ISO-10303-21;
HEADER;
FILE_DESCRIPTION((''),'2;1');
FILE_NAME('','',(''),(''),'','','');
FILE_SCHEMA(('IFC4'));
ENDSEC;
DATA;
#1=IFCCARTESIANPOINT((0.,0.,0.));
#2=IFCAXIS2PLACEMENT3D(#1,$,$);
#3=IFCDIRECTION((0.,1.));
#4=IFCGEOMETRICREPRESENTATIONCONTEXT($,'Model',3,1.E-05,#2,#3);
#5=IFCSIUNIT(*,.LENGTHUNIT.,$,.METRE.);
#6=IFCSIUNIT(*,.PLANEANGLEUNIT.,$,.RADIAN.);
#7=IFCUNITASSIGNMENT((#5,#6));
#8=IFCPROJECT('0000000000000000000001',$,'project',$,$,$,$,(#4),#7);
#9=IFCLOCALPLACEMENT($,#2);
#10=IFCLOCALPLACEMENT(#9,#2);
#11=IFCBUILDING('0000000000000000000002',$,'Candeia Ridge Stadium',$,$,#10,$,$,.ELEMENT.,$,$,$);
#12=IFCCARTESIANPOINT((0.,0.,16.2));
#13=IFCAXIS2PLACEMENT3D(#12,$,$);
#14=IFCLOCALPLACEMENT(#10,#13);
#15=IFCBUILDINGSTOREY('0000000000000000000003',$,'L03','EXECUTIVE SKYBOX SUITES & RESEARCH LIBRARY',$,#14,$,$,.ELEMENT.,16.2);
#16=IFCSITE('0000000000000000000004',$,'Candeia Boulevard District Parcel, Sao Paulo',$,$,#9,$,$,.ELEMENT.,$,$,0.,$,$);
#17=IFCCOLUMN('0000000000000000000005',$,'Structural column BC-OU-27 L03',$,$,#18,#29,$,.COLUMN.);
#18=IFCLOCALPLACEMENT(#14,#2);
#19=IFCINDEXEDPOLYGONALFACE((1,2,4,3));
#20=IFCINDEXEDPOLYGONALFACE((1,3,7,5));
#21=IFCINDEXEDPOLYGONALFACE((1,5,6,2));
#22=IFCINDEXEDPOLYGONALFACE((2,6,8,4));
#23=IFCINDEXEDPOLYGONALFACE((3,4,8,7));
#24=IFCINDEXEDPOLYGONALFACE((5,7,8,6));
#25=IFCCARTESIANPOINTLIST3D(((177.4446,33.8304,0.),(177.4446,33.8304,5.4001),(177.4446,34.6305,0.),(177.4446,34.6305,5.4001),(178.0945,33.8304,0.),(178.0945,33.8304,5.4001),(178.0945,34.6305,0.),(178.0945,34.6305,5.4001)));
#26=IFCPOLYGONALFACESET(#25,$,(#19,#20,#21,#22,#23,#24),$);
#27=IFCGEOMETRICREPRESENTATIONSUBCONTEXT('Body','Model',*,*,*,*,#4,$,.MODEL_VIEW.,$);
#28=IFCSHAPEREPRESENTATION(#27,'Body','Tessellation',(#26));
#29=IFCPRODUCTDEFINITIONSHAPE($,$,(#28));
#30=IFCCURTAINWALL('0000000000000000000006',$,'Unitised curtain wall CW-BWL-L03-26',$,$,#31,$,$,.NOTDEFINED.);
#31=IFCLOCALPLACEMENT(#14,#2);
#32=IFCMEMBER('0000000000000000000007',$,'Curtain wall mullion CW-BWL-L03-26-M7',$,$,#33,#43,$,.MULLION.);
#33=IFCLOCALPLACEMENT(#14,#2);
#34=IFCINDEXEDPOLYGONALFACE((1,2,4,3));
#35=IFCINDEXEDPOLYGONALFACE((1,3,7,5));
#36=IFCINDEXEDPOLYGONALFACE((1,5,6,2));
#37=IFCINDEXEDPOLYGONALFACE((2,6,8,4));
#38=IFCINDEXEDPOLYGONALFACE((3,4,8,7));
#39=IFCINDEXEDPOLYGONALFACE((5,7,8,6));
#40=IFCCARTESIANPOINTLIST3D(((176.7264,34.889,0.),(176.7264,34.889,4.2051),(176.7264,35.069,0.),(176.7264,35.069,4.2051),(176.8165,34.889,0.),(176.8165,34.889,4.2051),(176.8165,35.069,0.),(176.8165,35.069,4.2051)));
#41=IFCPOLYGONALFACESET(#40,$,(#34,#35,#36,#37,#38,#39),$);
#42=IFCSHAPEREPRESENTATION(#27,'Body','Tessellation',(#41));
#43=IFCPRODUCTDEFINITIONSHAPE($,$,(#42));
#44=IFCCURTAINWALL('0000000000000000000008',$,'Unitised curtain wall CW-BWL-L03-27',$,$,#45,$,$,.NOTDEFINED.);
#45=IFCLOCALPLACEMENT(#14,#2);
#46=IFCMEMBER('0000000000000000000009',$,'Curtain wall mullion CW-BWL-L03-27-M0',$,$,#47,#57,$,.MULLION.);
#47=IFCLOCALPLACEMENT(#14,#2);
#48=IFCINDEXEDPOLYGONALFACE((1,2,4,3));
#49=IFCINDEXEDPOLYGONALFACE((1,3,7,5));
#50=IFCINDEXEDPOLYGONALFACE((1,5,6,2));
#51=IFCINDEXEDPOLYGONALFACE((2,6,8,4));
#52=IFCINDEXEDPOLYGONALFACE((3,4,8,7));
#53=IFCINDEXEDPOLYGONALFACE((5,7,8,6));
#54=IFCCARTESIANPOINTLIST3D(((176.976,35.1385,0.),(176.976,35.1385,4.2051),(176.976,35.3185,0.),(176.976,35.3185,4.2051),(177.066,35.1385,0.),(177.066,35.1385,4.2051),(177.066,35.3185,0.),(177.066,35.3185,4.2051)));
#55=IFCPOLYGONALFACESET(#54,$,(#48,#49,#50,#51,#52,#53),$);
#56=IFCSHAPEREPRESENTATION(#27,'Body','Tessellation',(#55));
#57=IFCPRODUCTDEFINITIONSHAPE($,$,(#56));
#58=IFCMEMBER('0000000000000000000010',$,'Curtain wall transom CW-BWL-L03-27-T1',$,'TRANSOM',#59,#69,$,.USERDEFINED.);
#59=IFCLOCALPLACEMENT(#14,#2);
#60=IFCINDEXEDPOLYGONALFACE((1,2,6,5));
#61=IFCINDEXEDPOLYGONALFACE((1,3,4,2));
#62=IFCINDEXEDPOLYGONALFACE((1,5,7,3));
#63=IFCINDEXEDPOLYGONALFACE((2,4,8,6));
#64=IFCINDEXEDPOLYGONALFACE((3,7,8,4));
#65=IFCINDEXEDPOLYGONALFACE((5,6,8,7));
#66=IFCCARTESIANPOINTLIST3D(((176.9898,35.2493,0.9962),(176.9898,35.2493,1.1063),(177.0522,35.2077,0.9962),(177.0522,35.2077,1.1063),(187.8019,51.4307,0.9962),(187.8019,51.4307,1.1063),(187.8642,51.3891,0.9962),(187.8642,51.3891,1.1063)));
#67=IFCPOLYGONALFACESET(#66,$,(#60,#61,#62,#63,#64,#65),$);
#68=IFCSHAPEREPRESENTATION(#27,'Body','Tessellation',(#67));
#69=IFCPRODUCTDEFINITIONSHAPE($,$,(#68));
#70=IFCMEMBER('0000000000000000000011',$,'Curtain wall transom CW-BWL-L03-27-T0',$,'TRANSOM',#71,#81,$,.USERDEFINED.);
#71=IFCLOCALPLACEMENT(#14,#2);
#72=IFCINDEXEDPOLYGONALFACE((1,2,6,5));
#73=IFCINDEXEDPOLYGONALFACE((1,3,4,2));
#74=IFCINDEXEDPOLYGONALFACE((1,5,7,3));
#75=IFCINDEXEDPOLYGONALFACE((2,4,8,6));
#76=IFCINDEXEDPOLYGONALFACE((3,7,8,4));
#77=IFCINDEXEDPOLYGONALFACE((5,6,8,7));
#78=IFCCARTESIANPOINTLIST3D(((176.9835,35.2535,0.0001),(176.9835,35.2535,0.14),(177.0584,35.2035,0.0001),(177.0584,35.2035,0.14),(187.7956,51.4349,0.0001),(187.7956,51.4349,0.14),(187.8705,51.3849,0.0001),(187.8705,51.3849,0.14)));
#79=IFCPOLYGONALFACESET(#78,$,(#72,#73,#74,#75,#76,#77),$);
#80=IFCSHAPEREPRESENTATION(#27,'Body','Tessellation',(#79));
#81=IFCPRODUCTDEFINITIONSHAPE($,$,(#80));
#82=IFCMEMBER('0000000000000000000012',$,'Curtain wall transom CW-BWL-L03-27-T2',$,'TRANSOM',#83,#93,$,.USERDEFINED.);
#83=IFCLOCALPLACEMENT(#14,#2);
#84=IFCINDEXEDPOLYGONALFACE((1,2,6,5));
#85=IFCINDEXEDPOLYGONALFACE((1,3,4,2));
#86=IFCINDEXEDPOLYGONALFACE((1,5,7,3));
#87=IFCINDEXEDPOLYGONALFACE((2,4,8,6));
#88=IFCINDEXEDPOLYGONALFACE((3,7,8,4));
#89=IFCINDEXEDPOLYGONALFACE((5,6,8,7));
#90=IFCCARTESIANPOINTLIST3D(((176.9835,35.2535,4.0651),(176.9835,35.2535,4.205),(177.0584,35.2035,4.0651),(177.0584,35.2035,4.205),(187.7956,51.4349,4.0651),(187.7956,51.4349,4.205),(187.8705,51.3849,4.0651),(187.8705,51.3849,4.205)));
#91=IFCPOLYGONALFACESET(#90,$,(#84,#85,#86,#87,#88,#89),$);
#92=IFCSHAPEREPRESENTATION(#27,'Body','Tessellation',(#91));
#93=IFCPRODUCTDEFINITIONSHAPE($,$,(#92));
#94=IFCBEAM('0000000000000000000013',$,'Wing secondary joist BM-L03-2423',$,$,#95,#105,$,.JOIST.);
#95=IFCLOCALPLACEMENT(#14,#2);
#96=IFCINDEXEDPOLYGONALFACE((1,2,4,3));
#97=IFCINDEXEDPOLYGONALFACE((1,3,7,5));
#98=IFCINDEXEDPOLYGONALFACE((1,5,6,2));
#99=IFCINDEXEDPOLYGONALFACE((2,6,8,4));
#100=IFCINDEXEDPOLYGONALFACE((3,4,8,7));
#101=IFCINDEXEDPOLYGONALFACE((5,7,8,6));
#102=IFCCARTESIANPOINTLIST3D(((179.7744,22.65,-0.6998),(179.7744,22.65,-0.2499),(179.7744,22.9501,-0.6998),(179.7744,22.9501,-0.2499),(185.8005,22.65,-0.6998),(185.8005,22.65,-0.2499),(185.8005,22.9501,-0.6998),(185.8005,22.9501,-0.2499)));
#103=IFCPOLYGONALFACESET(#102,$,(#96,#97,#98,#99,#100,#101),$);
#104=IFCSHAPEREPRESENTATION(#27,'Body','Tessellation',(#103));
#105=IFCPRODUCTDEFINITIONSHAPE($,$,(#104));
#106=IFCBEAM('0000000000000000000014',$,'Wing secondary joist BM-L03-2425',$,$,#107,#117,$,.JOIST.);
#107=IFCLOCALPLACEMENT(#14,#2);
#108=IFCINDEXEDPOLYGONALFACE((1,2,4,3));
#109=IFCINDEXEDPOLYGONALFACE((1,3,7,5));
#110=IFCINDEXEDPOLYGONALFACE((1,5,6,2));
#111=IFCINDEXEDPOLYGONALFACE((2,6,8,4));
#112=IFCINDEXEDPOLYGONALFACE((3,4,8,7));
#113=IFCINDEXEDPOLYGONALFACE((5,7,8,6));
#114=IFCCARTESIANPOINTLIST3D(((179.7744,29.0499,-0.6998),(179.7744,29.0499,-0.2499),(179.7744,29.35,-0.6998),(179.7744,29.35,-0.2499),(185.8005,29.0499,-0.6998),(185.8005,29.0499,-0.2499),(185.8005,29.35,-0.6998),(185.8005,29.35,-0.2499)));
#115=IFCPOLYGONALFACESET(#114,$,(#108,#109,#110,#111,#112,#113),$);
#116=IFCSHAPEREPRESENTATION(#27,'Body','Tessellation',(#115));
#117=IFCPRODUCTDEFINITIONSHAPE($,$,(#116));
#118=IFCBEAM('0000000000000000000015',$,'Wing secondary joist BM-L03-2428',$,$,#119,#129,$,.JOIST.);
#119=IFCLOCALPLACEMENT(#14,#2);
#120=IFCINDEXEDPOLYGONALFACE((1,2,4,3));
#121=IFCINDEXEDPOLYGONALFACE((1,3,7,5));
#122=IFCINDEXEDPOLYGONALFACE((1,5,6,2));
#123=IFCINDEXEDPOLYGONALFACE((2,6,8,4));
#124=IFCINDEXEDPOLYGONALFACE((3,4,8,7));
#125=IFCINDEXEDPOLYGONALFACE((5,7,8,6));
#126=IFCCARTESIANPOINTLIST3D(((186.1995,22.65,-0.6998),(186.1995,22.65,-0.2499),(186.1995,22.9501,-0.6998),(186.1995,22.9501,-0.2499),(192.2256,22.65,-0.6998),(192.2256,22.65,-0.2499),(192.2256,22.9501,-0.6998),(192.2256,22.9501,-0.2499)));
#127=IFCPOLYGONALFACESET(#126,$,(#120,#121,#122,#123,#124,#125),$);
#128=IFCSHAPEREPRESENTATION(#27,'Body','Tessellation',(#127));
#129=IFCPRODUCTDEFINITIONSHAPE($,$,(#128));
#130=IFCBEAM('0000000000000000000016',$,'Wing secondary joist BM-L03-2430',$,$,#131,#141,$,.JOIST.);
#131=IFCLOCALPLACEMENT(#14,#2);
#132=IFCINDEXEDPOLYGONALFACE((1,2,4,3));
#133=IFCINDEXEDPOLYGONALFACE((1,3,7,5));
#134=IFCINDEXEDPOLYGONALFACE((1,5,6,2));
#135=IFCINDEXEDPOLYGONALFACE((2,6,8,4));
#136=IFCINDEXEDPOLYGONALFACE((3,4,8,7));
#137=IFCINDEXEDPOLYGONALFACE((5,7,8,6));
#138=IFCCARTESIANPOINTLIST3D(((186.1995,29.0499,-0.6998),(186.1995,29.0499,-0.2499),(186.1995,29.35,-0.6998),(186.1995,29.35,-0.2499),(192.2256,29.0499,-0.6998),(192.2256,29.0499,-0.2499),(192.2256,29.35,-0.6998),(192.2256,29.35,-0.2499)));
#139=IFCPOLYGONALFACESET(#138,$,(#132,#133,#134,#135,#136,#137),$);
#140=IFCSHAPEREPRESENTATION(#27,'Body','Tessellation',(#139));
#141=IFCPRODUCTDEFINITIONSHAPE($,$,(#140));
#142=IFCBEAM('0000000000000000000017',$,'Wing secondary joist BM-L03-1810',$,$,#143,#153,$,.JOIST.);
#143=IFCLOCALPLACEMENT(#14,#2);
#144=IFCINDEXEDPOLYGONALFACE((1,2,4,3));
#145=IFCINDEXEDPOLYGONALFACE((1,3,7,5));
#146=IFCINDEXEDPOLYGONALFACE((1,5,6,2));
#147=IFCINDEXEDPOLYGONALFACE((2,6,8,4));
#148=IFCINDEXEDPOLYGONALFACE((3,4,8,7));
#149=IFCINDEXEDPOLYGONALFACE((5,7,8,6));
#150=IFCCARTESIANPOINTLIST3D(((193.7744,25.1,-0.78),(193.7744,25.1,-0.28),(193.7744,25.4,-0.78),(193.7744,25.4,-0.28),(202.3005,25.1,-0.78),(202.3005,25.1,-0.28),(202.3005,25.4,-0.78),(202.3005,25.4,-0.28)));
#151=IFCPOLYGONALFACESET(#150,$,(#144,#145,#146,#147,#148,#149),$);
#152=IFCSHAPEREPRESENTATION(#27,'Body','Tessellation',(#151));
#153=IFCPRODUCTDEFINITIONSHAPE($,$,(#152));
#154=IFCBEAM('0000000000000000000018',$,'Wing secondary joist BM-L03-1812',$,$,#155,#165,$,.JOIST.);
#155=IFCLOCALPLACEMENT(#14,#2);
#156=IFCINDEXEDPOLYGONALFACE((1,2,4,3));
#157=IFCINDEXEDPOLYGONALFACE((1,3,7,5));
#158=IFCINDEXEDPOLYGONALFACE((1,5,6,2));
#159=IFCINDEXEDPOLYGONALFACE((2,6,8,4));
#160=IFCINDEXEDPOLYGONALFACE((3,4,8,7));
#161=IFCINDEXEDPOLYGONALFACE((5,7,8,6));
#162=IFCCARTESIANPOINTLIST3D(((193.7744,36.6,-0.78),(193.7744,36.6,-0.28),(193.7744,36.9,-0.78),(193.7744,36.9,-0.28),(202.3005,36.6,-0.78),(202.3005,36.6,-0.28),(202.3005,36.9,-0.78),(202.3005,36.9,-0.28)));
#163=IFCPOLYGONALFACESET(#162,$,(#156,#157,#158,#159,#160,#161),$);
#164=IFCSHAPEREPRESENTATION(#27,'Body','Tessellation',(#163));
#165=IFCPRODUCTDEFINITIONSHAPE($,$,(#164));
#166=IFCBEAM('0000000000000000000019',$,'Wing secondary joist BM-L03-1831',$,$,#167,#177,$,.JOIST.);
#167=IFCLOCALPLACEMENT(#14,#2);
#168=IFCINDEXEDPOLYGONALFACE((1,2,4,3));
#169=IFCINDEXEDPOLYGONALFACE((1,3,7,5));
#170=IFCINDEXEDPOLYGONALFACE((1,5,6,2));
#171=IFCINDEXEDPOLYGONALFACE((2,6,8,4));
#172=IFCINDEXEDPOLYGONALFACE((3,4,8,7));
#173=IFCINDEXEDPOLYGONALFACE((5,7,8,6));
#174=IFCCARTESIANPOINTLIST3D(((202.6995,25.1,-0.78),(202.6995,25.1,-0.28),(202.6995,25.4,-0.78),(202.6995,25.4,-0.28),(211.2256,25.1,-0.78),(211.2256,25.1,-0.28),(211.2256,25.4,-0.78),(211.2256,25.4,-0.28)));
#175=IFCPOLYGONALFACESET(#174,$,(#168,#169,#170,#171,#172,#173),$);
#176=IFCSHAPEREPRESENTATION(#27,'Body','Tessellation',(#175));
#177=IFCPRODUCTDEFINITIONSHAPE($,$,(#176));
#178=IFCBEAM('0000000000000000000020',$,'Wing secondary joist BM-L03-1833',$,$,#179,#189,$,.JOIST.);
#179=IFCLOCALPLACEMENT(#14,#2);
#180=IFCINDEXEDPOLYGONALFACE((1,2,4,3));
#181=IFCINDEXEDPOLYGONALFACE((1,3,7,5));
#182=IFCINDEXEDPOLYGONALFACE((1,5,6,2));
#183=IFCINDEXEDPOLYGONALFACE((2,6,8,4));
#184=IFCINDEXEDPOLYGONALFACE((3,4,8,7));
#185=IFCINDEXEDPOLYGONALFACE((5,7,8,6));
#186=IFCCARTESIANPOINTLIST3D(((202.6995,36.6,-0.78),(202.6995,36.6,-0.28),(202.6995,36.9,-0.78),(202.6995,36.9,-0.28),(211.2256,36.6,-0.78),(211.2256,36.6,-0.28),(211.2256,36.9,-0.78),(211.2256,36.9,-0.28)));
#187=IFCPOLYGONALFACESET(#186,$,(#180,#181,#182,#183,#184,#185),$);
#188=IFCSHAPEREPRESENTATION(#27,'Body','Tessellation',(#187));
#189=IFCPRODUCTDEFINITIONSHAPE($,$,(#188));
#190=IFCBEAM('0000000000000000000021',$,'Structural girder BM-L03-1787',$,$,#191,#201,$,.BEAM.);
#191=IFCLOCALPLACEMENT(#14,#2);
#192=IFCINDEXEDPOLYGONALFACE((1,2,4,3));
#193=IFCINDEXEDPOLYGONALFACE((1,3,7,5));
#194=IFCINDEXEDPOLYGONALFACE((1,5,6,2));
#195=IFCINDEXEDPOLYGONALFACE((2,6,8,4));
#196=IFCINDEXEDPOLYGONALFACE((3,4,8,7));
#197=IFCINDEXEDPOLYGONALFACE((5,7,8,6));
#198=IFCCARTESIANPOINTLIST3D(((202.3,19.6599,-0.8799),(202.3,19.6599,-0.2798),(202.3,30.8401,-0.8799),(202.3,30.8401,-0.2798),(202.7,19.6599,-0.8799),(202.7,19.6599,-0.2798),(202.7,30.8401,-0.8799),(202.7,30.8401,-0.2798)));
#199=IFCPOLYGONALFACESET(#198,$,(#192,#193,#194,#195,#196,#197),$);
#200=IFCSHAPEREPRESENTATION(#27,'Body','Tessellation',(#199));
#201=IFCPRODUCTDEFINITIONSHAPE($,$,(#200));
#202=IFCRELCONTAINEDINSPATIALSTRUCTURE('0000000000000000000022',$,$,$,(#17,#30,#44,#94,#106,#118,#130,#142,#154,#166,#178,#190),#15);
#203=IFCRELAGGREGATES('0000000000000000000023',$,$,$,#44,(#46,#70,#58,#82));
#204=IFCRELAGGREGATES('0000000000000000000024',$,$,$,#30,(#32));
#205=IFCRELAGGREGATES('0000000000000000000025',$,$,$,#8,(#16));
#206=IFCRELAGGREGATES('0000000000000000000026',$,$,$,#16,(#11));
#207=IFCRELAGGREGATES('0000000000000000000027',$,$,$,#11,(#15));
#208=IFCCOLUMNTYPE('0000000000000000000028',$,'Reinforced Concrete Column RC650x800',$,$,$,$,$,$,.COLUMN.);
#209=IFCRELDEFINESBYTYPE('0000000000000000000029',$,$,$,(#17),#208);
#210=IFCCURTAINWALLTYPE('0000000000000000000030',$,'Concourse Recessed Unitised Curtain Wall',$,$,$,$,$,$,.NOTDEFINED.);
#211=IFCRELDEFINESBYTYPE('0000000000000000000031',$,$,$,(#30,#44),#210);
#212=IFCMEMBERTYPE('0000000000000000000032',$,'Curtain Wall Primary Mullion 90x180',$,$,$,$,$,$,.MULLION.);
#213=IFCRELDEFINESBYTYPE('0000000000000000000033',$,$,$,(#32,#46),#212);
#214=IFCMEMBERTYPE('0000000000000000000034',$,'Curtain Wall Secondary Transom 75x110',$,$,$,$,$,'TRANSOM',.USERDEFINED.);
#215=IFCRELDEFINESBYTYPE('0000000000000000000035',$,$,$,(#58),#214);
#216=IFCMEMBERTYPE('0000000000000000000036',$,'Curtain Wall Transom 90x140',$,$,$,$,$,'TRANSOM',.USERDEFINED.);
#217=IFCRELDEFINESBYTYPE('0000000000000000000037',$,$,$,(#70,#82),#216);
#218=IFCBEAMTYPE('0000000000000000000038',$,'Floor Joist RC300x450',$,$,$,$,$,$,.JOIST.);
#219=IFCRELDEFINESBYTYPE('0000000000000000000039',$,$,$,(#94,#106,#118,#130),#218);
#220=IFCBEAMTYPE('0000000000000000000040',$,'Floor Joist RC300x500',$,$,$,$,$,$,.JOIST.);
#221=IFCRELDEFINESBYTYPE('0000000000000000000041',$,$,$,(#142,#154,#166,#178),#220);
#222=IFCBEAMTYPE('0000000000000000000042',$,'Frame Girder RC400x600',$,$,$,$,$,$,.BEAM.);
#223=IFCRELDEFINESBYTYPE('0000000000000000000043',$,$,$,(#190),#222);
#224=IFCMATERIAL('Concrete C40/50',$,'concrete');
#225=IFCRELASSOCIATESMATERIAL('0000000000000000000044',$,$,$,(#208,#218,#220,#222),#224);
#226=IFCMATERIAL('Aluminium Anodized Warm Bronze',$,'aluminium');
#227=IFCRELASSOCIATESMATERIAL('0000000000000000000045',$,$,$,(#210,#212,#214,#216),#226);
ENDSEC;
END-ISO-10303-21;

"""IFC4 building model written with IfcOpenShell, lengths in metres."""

from ifc_helpers import new_model, si_unit, direction, frame, origin, origin_2d, place, context, subcontext, project, spatial, rectangle, extrude, material, material_profile, profile_set, type_object, element, aggregate, save


model = new_model("IFC4")

# Units and contexts
model_context = context("Model", 3, precision=1e-05, world=origin(), true_north=direction((0.0, 1.0)))
body_context = subcontext(model_context, "Body", "Model", "MODEL_VIEW")
ifc_project = project(units=[si_unit("LENGTHUNIT", "METRE"), si_unit("PLANEANGLEUNIT", "RADIAN")], contexts=[model_context])

# Site, building, storey
site_placement = place(None, origin())
site = spatial("IfcSite", under=ifc_project, at=site_placement, Name="Candeia Boulevard District Parcel, Sao Paulo", CompositionType="ELEMENT", RefElevation=0.0)
building_placement = place(site_placement, origin())
building = spatial("IfcBuilding", under=site, at=building_placement, Name="Candeia Ridge Stadium", CompositionType="ELEMENT")
storey_placement = place(building_placement, frame((0.0, 0.0, 16.2)))
storey = spatial("IfcBuildingStorey", under=building, at=storey_placement, Name="L03", Description="EXECUTIVE SKYBOX SUITES & RESEARCH LIBRARY", CompositionType="ELEMENT", Elevation=16.2)

# Column
ifc_material_1 = material(Name="Concrete C40/50", Category="concrete")
ifc_material_profile_1 = material_profile(ifc_material_1, rectangle(XDim=0.6499, YDim=0.8, at=origin_2d()), Name="RC650x800", Category="concrete")
ifc_profile_set_1 = profile_set([ifc_material_profile_1], Name="Concrete C40/50")
column_type = type_object("IfcColumnType", Name="Reinforced Concrete Column RC650x800", PredefinedType="COLUMN", material=ifc_profile_set_1)
column_placement = place(storey_placement, frame((177.7695, 34.2305, 0.0), z_axis=(0.0, 0.0, 1.0), x_axis=(1.0, 0.0, 0.0)))
element("IfcColumn", 1, at=column_placement, inside=storey, type_object=column_type, Name="Structural column BC-OU-27 L03", PredefinedType="COLUMN", context=body_context, shape_type="SweptSolid", body=[
    extrude(rectangle(XDim=0.6499, YDim=0.8, at=origin_2d()), origin(), (0.0, 0.0, 1.0), 5.4001),
])

# Curtain wall, member
ifc_material_2 = material(Name="Aluminium Anodized Warm Bronze", Category="aluminium")
curtain_wall_type = type_object("IfcCurtainWallType", Name="Concourse Recessed Unitised Curtain Wall", PredefinedType="NOTDEFINED", material=ifc_material_2)
curtain_wall_1_placement = place(storey_placement, origin())
curtain_wall_1 = element("IfcCurtainWall", 2, at=curtain_wall_1_placement, inside=storey, type_object=curtain_wall_type, Name="Unitised curtain wall CW-BWL-L03-26", PredefinedType="NOTDEFINED")
ifc_material_profile_2 = material_profile(ifc_material_2, rectangle(XDim=0.0901, YDim=0.1799, at=origin_2d()), Name="CWM-90x180", Category="aluminium")
ifc_profile_set_2 = profile_set([ifc_material_profile_2], Name="Aluminium Anodized Warm Bronze")
member_type_1 = type_object("IfcMemberType", Name="Curtain Wall Primary Mullion 90x180", PredefinedType="MULLION", material=ifc_profile_set_2)
member_1_placement = place(storey_placement, frame((176.7715, 34.979, 0.0), z_axis=(0.0, 0.0, 1.0), x_axis=(1.0, 0.0, 0.0)))
member_1 = element("IfcMember", 3, at=member_1_placement, type_object=member_type_1, Name="Curtain wall mullion CW-BWL-L03-26-M7", PredefinedType="MULLION", context=body_context, shape_type="SweptSolid", body=[
    extrude(rectangle(XDim=0.0901, YDim=0.1799, at=origin_2d()), origin(), (0.0, 0.0, 1.0), 4.2051),
])

# Curtain wall, members
curtain_wall_2_placement = place(storey_placement, origin())
curtain_wall_2 = element("IfcCurtainWall", 4, at=curtain_wall_2_placement, inside=storey, type_object=curtain_wall_type, Name="Unitised curtain wall CW-BWL-L03-27", PredefinedType="NOTDEFINED")
member_2_placement = place(storey_placement, frame((177.021, 35.2285, 0.0), z_axis=(0.0, 0.0, 1.0), x_axis=(1.0, 0.0, 0.0)))
member_2 = element("IfcMember", 5, at=member_2_placement, type_object=member_type_1, Name="Curtain wall mullion CW-BWL-L03-27-M0", PredefinedType="MULLION", context=body_context, shape_type="SweptSolid", body=[
    extrude(rectangle(XDim=0.0901, YDim=0.1799, at=origin_2d()), origin(), (0.0, 0.0, 1.0), 4.2051),
])
ifc_material_profile_3 = material_profile(ifc_material_2, rectangle(XDim=0.075, YDim=0.1101, at=origin_2d()), Name="CWT-75x110", Category="aluminium")
ifc_profile_set_3 = profile_set([ifc_material_profile_3], Name="Aluminium Anodized Warm Bronze")
member_type_2 = type_object("IfcMemberType", Name="Curtain Wall Secondary Transom 75x110", ElementType="TRANSOM", PredefinedType="USERDEFINED", material=ifc_profile_set_3)
member_3_placement = place(storey_placement, frame((177.021, 35.2285, 1.0513), z_axis=(0.555568, 0.831471, 0.0), x_axis=(-0.831471, 0.555568, 0.0)))
member_3 = element("IfcMember", 6, at=member_3_placement, type_object=member_type_2, Name="Curtain wall transom CW-BWL-L03-27-T1", ObjectType="TRANSOM", PredefinedType="USERDEFINED", context=body_context, shape_type="SweptSolid", body=[
    extrude(rectangle(XDim=0.075, YDim=0.1101, at=origin_2d()), origin(), (0.0, 0.0, 1.0), 19.4612),
])
ifc_material_profile_4 = material_profile(ifc_material_2, rectangle(XDim=0.0901, YDim=0.1399, at=origin_2d()), Name="CWT-90x140", Category="aluminium")
ifc_profile_set_4 = profile_set([ifc_material_profile_4], Name="Aluminium Anodized Warm Bronze")
member_type_3 = type_object("IfcMemberType", Name="Curtain Wall Transom 90x140", ElementType="TRANSOM", PredefinedType="USERDEFINED", material=ifc_profile_set_4)
member_4_placement = place(storey_placement, frame((177.021, 35.2285, 0.0701), z_axis=(0.555568, 0.831471, 0.0), x_axis=(-0.831471, 0.555568, 0.0)))
member_4 = element("IfcMember", 7, at=member_4_placement, type_object=member_type_3, Name="Curtain wall transom CW-BWL-L03-27-T0", ObjectType="TRANSOM", PredefinedType="USERDEFINED", context=body_context, shape_type="SweptSolid", body=[
    extrude(rectangle(XDim=0.0901, YDim=0.1399, at=origin_2d()), origin(), (0.0, 0.0, 1.0), 19.4612),
])
member_5_placement = place(storey_placement, frame((177.021, 35.2285, 4.135), z_axis=(0.555568, 0.831471, 0.0), x_axis=(-0.831471, 0.555568, 0.0)))
member_5 = element("IfcMember", 8, at=member_5_placement, type_object=member_type_3, Name="Curtain wall transom CW-BWL-L03-27-T2", ObjectType="TRANSOM", PredefinedType="USERDEFINED", context=body_context, shape_type="SweptSolid", body=[
    extrude(rectangle(XDim=0.0901, YDim=0.1399, at=origin_2d()), origin(), (0.0, 0.0, 1.0), 19.4612),
])

# Beams
ifc_material_profile_5 = material_profile(ifc_material_1, rectangle(XDim=0.3, YDim=0.45, at=origin_2d()), Name="RC300x450", Category="concrete")
ifc_profile_set_5 = profile_set([ifc_material_profile_5], Name="Concrete C40/50")
beam_type_1 = type_object("IfcBeamType", Name="Floor Joist RC300x450", PredefinedType="JOIST", material=ifc_profile_set_5)
for number, where, z_axis, x_axis, name in (
    (9, (179.7744, 22.8, -0.4749), (1.0, 0.0, 0.0), (0.0, 1.0, 0.0), "Wing secondary joist BM-L03-2423"),
    (10, (179.7744, 29.2, -0.4749), (1.0, 0.0, 0.0), (0.0, 1.0, 0.0), "Wing secondary joist BM-L03-2425"),
    (11, (186.1995, 22.8, -0.4749), (1.0, 0.0, 0.0), (0.0, 1.0, 0.0), "Wing secondary joist BM-L03-2428"),
    (12, (186.1995, 29.2, -0.4749), (1.0, 0.0, 0.0), (0.0, 1.0, 0.0), "Wing secondary joist BM-L03-2430"),
):
    element("IfcBeam", number, at=place(storey_placement, frame(where, z_axis=z_axis, x_axis=x_axis)), inside=storey, type_object=beam_type_1, Name=name, PredefinedType="JOIST", context=body_context, shape_type="SweptSolid", body=[
        extrude(rectangle(XDim=0.3, YDim=0.45, at=origin_2d()), origin(), (0.0, 0.0, 1.0), 6.0261),
    ])
ifc_material_profile_6 = material_profile(ifc_material_1, rectangle(XDim=0.3, YDim=0.5, at=origin_2d()), Name="RC300x500", Category="concrete")
ifc_profile_set_6 = profile_set([ifc_material_profile_6], Name="Concrete C40/50")
beam_type_2 = type_object("IfcBeamType", Name="Floor Joist RC300x500", PredefinedType="JOIST", material=ifc_profile_set_6)
for number, where, z_axis, x_axis, name in (
    (13, (193.7744, 25.25, -0.53), (1.0, 0.0, 0.0), (0.0, 1.0, 0.0), "Wing secondary joist BM-L03-1810"),
    (14, (193.7744, 36.75, -0.53), (1.0, 0.0, 0.0), (0.0, 1.0, 0.0), "Wing secondary joist BM-L03-1812"),
    (15, (202.6995, 25.25, -0.53), (1.0, 0.0, 0.0), (0.0, 1.0, 0.0), "Wing secondary joist BM-L03-1831"),
    (16, (202.6995, 36.75, -0.53), (1.0, 0.0, 0.0), (0.0, 1.0, 0.0), "Wing secondary joist BM-L03-1833"),
):
    element("IfcBeam", number, at=place(storey_placement, frame(where, z_axis=z_axis, x_axis=x_axis)), inside=storey, type_object=beam_type_2, Name=name, PredefinedType="JOIST", context=body_context, shape_type="SweptSolid", body=[
        extrude(rectangle(XDim=0.3, YDim=0.5, at=origin_2d()), origin(), (0.0, 0.0, 1.0), 8.5261),
    ])
ifc_material_profile_7 = material_profile(ifc_material_1, rectangle(XDim=0.3999, YDim=0.6001, at=origin_2d()), Name="RC400x600", Category="concrete")
ifc_profile_set_7 = profile_set([ifc_material_profile_7], Name="Concrete C40/50")
beam_type_3 = type_object("IfcBeamType", Name="Frame Girder RC400x600", PredefinedType="BEAM", material=ifc_profile_set_7)
for number, where, z_axis, x_axis, name in (
    (17, (202.5, 19.6599, -0.5798), (0.0, 1.0, 0.0), (-1.0, 0.0, 0.0), "Structural girder BM-L03-1787"),
):
    element("IfcBeam", number, at=place(storey_placement, frame(where, z_axis=z_axis, x_axis=x_axis)), inside=storey, type_object=beam_type_3, Name=name, PredefinedType="BEAM", context=body_context, shape_type="SweptSolid", body=[
        extrude(rectangle(XDim=0.3999, YDim=0.6001, at=origin_2d()), origin(), (0.0, 0.0, 1.0), 11.1802),
    ])

aggregate(curtain_wall_2, [member_2, member_4, member_3, member_5])
aggregate(curtain_wall_1, [member_1])

save(model, "model.ifc")
